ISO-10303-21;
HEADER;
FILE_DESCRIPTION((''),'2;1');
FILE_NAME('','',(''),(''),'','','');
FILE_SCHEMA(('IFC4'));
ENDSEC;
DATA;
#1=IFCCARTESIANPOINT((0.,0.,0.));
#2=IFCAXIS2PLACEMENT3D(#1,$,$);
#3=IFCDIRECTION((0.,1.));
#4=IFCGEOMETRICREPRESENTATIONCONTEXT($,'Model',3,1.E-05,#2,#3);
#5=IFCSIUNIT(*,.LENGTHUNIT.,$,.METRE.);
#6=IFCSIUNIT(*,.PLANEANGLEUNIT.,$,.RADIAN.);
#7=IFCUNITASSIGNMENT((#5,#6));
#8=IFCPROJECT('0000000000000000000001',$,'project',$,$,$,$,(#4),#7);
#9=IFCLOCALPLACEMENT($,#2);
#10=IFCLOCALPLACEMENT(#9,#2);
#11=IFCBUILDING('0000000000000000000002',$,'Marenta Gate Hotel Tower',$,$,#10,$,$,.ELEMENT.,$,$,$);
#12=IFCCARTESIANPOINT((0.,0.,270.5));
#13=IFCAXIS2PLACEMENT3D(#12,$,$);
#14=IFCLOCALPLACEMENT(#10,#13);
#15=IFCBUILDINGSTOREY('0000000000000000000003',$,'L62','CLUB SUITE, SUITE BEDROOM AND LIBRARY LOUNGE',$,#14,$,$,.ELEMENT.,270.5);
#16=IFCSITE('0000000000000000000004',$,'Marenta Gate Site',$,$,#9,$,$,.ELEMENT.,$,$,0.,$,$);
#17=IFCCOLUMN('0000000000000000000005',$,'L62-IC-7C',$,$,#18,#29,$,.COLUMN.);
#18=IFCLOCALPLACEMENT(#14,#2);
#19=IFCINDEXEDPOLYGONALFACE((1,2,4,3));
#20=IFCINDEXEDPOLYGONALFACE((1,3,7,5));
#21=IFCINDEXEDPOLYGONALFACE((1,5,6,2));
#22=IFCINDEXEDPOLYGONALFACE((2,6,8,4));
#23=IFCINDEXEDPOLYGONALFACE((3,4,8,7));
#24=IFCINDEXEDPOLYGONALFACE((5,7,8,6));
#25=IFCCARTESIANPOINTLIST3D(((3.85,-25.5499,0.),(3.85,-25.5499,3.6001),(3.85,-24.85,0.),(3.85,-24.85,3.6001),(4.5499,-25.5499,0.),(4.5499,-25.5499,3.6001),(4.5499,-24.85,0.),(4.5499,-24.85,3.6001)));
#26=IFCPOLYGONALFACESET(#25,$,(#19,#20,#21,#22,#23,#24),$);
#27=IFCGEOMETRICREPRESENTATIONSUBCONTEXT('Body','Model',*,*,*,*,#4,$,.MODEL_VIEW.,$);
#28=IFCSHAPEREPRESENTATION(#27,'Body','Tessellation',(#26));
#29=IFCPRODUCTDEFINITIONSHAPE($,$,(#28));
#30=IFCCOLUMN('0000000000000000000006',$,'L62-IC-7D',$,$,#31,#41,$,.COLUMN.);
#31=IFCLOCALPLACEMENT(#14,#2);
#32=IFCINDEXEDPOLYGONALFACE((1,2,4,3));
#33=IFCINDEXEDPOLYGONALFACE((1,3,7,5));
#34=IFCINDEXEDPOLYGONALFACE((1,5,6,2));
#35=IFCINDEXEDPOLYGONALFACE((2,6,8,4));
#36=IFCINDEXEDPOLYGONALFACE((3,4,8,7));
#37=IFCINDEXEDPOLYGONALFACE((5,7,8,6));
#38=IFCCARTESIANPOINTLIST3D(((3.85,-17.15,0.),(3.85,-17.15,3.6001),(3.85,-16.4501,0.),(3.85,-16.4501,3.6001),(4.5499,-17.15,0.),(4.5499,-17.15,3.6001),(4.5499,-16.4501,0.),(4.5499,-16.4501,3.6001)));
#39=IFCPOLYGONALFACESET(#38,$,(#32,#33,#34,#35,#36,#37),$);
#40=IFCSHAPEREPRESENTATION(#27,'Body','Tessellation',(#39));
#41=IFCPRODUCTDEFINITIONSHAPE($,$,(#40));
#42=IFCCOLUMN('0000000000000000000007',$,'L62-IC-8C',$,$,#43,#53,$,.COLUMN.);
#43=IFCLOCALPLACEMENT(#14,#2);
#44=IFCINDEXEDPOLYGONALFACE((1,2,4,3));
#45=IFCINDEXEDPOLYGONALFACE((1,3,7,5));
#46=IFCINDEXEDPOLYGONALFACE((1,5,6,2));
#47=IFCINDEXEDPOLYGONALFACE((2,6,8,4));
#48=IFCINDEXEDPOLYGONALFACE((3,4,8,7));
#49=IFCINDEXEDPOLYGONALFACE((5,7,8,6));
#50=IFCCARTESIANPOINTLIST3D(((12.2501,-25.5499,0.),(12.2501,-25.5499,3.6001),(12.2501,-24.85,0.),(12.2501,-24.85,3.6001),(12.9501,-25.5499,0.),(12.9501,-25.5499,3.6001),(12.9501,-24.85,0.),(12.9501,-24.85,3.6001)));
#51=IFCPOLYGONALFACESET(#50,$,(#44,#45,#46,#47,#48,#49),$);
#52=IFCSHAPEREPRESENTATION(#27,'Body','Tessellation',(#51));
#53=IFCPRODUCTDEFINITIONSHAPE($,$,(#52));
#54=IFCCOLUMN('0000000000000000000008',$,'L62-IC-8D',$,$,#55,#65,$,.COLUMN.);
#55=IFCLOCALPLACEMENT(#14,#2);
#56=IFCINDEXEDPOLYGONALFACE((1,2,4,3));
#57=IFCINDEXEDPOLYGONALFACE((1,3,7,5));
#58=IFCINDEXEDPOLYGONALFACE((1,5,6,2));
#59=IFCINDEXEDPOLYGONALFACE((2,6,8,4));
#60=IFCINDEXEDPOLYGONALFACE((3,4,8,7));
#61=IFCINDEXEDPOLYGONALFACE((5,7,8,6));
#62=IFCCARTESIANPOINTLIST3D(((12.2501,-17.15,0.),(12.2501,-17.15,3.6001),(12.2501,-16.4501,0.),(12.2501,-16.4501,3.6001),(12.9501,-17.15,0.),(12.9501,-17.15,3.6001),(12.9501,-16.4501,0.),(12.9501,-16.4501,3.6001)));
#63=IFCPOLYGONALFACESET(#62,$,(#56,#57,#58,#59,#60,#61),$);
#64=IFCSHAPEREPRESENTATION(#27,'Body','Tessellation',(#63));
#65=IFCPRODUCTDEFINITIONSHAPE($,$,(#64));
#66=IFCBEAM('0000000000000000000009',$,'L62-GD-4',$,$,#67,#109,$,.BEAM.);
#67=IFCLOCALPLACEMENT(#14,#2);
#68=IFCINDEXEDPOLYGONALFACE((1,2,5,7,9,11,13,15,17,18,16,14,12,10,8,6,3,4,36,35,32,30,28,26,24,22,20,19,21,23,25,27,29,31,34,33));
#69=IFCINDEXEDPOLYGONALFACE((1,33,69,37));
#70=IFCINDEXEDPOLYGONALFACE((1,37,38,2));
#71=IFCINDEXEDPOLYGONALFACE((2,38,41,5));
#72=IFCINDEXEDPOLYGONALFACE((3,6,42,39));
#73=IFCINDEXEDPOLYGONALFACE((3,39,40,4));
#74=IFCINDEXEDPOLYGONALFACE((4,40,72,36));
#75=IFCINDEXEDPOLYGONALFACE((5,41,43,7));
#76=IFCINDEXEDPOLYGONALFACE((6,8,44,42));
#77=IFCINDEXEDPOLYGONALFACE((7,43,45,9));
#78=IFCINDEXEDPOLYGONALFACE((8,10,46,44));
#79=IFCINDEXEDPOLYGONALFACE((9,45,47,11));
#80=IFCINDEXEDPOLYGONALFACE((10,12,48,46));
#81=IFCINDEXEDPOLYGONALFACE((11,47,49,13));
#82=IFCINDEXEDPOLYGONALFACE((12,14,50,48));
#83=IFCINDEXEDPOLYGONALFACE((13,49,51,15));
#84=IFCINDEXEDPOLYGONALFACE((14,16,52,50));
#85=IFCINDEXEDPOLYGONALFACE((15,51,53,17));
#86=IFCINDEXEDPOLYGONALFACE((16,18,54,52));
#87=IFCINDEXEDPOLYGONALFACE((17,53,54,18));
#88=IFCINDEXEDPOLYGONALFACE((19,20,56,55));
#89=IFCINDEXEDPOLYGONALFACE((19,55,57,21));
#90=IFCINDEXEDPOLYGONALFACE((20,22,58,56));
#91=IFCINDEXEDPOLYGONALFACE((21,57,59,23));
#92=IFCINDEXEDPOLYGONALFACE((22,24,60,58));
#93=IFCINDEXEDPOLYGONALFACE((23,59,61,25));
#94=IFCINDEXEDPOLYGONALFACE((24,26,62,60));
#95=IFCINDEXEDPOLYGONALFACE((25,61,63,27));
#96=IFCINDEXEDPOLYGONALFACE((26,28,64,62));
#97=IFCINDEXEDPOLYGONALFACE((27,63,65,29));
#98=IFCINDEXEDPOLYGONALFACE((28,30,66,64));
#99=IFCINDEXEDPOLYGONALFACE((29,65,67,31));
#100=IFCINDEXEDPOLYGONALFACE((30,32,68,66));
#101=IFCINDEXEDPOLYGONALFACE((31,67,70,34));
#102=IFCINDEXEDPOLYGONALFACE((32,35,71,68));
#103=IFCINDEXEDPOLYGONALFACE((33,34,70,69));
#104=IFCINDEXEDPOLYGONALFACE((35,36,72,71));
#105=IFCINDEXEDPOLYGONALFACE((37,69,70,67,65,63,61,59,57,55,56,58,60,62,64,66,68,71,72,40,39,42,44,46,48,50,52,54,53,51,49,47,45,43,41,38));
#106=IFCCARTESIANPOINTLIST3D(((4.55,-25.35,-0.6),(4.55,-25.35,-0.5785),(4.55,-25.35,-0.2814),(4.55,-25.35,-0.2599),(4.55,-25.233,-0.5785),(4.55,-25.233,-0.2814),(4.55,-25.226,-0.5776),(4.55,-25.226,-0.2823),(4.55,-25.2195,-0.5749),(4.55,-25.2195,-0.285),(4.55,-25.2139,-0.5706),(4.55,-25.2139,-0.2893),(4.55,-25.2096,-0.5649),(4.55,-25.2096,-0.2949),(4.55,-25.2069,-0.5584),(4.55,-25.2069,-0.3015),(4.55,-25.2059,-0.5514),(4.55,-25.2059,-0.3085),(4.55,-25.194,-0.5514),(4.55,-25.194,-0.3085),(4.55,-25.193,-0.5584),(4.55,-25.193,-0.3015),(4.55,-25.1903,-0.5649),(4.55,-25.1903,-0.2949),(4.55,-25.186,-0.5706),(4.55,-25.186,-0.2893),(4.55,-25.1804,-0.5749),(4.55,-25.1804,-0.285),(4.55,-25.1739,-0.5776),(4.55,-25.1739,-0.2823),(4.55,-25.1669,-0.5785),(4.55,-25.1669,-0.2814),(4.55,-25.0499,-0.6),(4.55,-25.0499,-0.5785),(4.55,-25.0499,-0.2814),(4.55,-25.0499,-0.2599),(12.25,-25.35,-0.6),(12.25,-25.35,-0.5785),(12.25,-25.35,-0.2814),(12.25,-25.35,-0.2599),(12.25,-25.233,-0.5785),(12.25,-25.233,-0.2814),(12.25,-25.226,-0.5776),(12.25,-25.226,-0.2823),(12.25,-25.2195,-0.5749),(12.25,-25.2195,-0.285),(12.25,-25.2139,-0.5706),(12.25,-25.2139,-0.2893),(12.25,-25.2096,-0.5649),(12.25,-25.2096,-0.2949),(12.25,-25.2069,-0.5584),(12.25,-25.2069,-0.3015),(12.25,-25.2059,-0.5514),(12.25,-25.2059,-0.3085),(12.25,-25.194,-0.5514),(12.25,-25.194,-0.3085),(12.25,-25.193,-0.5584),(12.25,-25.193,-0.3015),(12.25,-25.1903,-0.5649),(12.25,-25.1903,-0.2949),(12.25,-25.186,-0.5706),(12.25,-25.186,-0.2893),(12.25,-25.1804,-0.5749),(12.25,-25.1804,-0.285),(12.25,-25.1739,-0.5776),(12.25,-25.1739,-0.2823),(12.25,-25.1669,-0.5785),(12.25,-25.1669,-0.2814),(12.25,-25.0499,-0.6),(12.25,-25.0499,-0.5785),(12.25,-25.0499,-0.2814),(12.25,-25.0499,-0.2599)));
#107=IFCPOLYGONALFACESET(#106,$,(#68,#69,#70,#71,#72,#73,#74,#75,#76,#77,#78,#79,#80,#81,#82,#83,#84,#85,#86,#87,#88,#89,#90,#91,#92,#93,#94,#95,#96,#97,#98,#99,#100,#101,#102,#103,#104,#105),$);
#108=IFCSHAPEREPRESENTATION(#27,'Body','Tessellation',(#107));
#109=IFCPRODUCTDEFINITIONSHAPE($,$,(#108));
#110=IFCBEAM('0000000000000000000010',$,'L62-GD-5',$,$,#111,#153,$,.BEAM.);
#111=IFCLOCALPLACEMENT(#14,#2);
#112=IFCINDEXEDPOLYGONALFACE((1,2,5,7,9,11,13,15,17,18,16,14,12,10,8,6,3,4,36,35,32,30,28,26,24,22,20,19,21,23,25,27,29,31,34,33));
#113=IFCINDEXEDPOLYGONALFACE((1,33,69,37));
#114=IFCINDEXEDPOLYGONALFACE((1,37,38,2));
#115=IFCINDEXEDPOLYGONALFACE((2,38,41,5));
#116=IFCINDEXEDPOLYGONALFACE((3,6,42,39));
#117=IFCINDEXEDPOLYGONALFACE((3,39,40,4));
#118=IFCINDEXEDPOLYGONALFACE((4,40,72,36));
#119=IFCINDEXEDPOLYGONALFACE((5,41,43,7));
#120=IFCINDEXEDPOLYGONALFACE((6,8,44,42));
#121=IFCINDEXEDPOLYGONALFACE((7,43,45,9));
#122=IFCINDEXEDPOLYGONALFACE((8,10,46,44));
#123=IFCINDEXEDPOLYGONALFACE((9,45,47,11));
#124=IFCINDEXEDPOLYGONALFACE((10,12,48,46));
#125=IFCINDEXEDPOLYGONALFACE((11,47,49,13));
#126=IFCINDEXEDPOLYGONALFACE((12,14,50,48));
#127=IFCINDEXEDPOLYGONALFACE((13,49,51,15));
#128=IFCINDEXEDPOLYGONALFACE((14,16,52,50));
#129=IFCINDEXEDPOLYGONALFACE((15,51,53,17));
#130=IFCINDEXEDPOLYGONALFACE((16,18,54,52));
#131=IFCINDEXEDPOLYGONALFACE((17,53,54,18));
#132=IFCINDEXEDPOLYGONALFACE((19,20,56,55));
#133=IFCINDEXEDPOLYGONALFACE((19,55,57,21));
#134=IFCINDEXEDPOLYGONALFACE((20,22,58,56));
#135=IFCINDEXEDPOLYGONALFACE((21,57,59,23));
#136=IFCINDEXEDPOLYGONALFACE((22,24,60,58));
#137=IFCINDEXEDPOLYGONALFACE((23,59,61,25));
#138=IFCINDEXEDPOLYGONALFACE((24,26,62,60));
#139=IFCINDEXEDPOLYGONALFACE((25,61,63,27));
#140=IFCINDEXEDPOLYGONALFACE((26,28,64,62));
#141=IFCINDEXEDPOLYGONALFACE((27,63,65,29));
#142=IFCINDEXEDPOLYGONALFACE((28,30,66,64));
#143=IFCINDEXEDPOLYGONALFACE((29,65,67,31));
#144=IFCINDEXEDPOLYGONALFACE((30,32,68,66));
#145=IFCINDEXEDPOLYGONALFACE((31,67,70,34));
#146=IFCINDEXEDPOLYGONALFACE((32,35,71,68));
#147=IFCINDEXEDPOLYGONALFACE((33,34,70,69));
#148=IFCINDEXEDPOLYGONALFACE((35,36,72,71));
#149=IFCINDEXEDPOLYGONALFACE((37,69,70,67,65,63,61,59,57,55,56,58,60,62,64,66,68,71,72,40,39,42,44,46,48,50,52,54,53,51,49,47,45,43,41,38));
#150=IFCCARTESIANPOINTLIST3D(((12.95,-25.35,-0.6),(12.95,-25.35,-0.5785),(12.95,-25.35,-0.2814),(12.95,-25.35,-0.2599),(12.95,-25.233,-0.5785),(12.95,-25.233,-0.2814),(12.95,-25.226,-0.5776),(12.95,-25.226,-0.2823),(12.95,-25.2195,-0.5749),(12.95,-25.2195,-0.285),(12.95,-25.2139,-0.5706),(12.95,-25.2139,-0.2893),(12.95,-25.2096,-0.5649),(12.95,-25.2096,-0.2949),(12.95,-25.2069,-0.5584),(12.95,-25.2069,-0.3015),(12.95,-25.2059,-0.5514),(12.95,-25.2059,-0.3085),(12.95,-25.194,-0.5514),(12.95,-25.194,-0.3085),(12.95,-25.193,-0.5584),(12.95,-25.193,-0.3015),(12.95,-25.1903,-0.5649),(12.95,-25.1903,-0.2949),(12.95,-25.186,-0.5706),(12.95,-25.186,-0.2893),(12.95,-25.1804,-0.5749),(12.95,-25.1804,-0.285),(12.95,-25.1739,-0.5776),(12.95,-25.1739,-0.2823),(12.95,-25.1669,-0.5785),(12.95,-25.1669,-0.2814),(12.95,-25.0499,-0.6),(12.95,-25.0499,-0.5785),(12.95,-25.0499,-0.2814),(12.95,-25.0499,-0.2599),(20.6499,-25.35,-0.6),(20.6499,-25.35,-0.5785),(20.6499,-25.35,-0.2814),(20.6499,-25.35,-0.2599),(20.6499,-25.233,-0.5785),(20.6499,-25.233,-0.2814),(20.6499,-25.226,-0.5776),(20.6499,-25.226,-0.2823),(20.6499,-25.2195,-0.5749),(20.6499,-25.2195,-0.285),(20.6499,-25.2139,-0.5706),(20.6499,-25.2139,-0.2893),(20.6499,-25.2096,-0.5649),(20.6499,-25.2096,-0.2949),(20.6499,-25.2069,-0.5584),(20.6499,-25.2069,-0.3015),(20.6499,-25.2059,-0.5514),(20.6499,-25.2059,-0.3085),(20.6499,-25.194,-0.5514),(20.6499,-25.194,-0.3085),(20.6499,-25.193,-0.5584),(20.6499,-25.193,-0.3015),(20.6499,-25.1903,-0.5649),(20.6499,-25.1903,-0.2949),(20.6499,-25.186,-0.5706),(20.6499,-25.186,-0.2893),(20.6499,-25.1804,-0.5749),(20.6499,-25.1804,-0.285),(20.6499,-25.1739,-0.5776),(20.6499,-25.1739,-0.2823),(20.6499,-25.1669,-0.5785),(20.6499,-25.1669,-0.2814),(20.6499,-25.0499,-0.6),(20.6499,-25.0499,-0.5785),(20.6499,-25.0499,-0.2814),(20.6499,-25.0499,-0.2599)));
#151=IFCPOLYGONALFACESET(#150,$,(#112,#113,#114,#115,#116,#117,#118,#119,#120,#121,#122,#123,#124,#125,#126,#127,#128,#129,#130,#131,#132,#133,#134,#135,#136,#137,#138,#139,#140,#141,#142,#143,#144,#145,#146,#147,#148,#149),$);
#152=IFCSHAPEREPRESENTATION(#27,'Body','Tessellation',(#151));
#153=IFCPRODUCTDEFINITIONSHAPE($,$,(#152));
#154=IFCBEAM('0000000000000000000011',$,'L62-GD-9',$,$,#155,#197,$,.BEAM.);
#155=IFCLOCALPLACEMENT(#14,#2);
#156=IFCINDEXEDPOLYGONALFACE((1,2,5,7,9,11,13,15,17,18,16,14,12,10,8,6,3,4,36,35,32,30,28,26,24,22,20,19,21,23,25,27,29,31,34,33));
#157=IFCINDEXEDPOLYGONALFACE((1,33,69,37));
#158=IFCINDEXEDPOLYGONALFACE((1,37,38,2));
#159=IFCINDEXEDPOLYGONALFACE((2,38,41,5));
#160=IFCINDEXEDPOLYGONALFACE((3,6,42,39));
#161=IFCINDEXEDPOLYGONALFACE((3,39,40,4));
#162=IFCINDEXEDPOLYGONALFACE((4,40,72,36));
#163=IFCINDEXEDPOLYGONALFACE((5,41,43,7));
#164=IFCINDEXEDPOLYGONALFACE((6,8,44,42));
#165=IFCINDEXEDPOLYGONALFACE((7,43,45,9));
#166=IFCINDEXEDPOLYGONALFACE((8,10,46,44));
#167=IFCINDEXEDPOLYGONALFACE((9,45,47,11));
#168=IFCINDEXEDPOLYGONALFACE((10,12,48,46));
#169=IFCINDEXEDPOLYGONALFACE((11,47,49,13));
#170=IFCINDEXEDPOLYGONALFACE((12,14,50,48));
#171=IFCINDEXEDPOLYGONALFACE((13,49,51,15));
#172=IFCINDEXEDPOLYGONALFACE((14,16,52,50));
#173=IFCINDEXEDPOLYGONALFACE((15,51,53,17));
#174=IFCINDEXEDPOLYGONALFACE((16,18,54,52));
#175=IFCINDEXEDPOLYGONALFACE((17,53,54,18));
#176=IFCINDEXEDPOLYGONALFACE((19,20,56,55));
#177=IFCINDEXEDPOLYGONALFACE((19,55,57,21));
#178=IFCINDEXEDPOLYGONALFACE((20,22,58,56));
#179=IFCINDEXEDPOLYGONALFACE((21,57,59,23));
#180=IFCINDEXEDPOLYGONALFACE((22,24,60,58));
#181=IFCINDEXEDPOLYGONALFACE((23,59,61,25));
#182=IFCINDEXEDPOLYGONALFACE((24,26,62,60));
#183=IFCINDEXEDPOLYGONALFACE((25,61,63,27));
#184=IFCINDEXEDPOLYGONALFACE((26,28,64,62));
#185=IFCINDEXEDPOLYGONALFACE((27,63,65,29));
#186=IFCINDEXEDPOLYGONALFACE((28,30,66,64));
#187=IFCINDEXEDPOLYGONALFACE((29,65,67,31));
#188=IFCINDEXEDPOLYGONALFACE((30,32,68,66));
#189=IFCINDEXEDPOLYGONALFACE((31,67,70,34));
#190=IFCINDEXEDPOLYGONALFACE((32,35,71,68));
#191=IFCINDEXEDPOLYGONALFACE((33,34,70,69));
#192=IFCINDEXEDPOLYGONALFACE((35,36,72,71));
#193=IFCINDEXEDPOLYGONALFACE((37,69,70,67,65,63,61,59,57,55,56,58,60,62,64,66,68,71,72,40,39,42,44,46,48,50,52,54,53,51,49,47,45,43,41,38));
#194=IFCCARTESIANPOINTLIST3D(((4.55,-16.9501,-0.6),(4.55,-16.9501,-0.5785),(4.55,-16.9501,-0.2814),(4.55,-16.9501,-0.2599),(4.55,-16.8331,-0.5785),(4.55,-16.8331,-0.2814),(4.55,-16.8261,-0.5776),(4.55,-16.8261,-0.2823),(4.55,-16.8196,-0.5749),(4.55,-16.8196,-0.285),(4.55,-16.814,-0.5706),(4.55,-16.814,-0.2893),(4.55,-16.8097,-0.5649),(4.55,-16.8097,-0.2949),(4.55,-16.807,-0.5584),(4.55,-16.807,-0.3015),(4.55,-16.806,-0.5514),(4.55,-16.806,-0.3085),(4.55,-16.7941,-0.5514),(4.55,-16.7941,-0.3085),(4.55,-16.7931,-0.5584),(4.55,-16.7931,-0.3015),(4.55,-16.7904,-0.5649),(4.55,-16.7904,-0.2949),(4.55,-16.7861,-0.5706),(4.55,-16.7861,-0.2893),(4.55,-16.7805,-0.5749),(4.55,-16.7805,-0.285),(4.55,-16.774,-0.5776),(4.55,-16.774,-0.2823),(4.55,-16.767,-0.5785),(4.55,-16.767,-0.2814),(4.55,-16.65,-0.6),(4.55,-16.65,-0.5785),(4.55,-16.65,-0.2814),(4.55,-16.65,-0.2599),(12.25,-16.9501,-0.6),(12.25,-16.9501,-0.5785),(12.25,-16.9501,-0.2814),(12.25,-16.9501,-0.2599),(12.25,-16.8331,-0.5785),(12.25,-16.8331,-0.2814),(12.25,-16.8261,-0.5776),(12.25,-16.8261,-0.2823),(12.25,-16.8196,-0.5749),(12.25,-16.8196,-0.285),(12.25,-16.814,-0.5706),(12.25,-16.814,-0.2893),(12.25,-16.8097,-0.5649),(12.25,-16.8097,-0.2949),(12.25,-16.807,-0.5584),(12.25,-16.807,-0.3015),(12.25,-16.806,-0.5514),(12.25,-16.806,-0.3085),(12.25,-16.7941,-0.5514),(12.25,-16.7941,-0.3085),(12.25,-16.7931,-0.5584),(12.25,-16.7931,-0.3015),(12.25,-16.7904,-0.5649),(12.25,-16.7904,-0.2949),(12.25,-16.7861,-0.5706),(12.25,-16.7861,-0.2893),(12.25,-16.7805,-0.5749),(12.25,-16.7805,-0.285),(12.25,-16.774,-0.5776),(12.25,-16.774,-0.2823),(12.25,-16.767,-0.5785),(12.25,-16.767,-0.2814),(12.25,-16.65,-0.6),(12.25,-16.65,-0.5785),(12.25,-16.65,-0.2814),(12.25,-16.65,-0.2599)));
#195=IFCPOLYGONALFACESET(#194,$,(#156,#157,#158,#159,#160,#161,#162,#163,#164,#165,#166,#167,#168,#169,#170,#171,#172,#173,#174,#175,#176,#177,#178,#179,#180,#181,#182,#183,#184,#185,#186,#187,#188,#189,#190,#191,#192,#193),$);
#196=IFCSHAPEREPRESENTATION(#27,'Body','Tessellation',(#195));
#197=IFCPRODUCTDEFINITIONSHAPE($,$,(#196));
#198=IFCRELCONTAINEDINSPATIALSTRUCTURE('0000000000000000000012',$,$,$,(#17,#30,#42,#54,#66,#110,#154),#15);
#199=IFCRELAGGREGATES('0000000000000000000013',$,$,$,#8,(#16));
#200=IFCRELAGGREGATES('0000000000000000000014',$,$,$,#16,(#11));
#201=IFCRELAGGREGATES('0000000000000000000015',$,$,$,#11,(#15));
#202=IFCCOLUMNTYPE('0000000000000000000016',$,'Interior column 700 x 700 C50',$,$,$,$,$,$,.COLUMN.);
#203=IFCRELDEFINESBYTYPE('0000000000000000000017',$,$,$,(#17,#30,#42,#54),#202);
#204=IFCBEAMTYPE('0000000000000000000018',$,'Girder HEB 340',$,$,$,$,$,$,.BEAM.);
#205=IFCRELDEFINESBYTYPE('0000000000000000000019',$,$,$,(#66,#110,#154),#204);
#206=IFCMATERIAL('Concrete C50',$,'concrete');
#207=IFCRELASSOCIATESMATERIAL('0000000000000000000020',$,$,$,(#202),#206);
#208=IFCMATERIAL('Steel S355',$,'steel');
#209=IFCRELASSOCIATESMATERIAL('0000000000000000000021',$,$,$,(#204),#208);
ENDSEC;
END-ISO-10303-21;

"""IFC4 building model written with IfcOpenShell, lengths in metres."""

from ifc_helpers import new_model, si_unit, direction, frame, origin, origin_2d, place, context, subcontext, project, spatial, rectangle, i_section, extrude, material, material_profile, profile_set, type_object, element, save


model = new_model("IFC4")

# Units and contexts
model_context = context("Model", 3, precision=1e-05, world=origin(), true_north=direction((0.0, 1.0)))
body_context = subcontext(model_context, "Body", "Model", "MODEL_VIEW")
ifc_project = project(units=[si_unit("LENGTHUNIT", "METRE"), si_unit("PLANEANGLEUNIT", "RADIAN")], contexts=[model_context])

# Site, building, storey
site_placement = place(None, origin())
site = spatial("IfcSite", under=ifc_project, at=site_placement, Name="Marenta Gate Site", CompositionType="ELEMENT", RefElevation=0.0)
building_placement = place(site_placement, origin())
building = spatial("IfcBuilding", under=site, at=building_placement, Name="Marenta Gate Hotel Tower", CompositionType="ELEMENT")
storey_placement = place(building_placement, frame((0.0, 0.0, 270.5)))
storey = spatial("IfcBuildingStorey", under=building, at=storey_placement, Name="L62", Description="CLUB SUITE, SUITE BEDROOM AND LIBRARY LOUNGE", CompositionType="ELEMENT", Elevation=270.5)

# Columns
ifc_material_1 = material(Name="Concrete C50", Category="concrete")
ifc_material_profile_1 = material_profile(ifc_material_1, rectangle(XDim=0.7, YDim=0.7, at=origin_2d()), Name="700 x 700")
ifc_profile_set_1 = profile_set([ifc_material_profile_1], Name="Concrete C50")
column_type = type_object("IfcColumnType", Name="Interior column 700 x 700 C50", PredefinedType="COLUMN", material=ifc_profile_set_1)
for number, where, z_axis, x_axis, name in (
    (1, (4.2, -25.2, 0.0), (0.0, 0.0, 1.0), (1.0, 0.0, 0.0), "L62-IC-7C"),
    (2, (4.2, -16.8, 0.0), (0.0, 0.0, 1.0), (1.0, 0.0, 0.0), "L62-IC-7D"),
    (3, (12.6001, -25.2, 0.0), (0.0, 0.0, 1.0), (1.0, 0.0, 0.0), "L62-IC-8C"),
    (4, (12.6001, -16.8, 0.0), (0.0, 0.0, 1.0), (1.0, 0.0, 0.0), "L62-IC-8D"),
):
    element("IfcColumn", number, at=place(storey_placement, frame(where, z_axis=z_axis, x_axis=x_axis)), inside=storey, type_object=column_type, Name=name, PredefinedType="COLUMN", context=body_context, shape_type="SweptSolid", body=[
        extrude(rectangle(XDim=0.7, YDim=0.7, at=origin_2d()), origin(), (0.0, 0.0, 1.0), 3.6001),
    ])

# Beams
ifc_material_2 = material(Name="Steel S355", Category="steel")
ifc_material_profile_2 = material_profile(ifc_material_2, i_section(OverallWidth=0.3, OverallDepth=0.3401, WebThickness=0.012, FlangeThickness=0.0215, FilletRadius=0.0271, at=origin_2d()), Name="HEB 340")
ifc_profile_set_2 = profile_set([ifc_material_profile_2], Name="Steel S355")
beam_type = type_object("IfcBeamType", Name="Girder HEB 340", PredefinedType="BEAM", material=ifc_profile_set_2)
for number, where, z_axis, x_axis, name in (
    (5, (4.55, -25.2, -0.4299), (1.0, 0.0, 0.0), (0.0, 1.0, 0.0), "L62-GD-4"),
    (6, (12.95, -25.2, -0.4299), (1.0, 0.0, 0.0), (0.0, 1.0, 0.0), "L62-GD-5"),
    (7, (4.55, -16.8, -0.4299), (1.0, 0.0, 0.0), (0.0, 1.0, 0.0), "L62-GD-9"),
):
    element("IfcBeam", number, at=place(storey_placement, frame(where, z_axis=z_axis, x_axis=x_axis)), inside=storey, type_object=beam_type, Name=name, PredefinedType="BEAM", context=body_context, shape_type="SweptSolid", body=[
        extrude(i_section(OverallWidth=0.3, OverallDepth=0.3401, WebThickness=0.012, FlangeThickness=0.0215, FilletRadius=0.0271, at=origin_2d()), origin(), (0.0, 0.0, 1.0), 7.7),
    ])

save(model, "model.ifc")
